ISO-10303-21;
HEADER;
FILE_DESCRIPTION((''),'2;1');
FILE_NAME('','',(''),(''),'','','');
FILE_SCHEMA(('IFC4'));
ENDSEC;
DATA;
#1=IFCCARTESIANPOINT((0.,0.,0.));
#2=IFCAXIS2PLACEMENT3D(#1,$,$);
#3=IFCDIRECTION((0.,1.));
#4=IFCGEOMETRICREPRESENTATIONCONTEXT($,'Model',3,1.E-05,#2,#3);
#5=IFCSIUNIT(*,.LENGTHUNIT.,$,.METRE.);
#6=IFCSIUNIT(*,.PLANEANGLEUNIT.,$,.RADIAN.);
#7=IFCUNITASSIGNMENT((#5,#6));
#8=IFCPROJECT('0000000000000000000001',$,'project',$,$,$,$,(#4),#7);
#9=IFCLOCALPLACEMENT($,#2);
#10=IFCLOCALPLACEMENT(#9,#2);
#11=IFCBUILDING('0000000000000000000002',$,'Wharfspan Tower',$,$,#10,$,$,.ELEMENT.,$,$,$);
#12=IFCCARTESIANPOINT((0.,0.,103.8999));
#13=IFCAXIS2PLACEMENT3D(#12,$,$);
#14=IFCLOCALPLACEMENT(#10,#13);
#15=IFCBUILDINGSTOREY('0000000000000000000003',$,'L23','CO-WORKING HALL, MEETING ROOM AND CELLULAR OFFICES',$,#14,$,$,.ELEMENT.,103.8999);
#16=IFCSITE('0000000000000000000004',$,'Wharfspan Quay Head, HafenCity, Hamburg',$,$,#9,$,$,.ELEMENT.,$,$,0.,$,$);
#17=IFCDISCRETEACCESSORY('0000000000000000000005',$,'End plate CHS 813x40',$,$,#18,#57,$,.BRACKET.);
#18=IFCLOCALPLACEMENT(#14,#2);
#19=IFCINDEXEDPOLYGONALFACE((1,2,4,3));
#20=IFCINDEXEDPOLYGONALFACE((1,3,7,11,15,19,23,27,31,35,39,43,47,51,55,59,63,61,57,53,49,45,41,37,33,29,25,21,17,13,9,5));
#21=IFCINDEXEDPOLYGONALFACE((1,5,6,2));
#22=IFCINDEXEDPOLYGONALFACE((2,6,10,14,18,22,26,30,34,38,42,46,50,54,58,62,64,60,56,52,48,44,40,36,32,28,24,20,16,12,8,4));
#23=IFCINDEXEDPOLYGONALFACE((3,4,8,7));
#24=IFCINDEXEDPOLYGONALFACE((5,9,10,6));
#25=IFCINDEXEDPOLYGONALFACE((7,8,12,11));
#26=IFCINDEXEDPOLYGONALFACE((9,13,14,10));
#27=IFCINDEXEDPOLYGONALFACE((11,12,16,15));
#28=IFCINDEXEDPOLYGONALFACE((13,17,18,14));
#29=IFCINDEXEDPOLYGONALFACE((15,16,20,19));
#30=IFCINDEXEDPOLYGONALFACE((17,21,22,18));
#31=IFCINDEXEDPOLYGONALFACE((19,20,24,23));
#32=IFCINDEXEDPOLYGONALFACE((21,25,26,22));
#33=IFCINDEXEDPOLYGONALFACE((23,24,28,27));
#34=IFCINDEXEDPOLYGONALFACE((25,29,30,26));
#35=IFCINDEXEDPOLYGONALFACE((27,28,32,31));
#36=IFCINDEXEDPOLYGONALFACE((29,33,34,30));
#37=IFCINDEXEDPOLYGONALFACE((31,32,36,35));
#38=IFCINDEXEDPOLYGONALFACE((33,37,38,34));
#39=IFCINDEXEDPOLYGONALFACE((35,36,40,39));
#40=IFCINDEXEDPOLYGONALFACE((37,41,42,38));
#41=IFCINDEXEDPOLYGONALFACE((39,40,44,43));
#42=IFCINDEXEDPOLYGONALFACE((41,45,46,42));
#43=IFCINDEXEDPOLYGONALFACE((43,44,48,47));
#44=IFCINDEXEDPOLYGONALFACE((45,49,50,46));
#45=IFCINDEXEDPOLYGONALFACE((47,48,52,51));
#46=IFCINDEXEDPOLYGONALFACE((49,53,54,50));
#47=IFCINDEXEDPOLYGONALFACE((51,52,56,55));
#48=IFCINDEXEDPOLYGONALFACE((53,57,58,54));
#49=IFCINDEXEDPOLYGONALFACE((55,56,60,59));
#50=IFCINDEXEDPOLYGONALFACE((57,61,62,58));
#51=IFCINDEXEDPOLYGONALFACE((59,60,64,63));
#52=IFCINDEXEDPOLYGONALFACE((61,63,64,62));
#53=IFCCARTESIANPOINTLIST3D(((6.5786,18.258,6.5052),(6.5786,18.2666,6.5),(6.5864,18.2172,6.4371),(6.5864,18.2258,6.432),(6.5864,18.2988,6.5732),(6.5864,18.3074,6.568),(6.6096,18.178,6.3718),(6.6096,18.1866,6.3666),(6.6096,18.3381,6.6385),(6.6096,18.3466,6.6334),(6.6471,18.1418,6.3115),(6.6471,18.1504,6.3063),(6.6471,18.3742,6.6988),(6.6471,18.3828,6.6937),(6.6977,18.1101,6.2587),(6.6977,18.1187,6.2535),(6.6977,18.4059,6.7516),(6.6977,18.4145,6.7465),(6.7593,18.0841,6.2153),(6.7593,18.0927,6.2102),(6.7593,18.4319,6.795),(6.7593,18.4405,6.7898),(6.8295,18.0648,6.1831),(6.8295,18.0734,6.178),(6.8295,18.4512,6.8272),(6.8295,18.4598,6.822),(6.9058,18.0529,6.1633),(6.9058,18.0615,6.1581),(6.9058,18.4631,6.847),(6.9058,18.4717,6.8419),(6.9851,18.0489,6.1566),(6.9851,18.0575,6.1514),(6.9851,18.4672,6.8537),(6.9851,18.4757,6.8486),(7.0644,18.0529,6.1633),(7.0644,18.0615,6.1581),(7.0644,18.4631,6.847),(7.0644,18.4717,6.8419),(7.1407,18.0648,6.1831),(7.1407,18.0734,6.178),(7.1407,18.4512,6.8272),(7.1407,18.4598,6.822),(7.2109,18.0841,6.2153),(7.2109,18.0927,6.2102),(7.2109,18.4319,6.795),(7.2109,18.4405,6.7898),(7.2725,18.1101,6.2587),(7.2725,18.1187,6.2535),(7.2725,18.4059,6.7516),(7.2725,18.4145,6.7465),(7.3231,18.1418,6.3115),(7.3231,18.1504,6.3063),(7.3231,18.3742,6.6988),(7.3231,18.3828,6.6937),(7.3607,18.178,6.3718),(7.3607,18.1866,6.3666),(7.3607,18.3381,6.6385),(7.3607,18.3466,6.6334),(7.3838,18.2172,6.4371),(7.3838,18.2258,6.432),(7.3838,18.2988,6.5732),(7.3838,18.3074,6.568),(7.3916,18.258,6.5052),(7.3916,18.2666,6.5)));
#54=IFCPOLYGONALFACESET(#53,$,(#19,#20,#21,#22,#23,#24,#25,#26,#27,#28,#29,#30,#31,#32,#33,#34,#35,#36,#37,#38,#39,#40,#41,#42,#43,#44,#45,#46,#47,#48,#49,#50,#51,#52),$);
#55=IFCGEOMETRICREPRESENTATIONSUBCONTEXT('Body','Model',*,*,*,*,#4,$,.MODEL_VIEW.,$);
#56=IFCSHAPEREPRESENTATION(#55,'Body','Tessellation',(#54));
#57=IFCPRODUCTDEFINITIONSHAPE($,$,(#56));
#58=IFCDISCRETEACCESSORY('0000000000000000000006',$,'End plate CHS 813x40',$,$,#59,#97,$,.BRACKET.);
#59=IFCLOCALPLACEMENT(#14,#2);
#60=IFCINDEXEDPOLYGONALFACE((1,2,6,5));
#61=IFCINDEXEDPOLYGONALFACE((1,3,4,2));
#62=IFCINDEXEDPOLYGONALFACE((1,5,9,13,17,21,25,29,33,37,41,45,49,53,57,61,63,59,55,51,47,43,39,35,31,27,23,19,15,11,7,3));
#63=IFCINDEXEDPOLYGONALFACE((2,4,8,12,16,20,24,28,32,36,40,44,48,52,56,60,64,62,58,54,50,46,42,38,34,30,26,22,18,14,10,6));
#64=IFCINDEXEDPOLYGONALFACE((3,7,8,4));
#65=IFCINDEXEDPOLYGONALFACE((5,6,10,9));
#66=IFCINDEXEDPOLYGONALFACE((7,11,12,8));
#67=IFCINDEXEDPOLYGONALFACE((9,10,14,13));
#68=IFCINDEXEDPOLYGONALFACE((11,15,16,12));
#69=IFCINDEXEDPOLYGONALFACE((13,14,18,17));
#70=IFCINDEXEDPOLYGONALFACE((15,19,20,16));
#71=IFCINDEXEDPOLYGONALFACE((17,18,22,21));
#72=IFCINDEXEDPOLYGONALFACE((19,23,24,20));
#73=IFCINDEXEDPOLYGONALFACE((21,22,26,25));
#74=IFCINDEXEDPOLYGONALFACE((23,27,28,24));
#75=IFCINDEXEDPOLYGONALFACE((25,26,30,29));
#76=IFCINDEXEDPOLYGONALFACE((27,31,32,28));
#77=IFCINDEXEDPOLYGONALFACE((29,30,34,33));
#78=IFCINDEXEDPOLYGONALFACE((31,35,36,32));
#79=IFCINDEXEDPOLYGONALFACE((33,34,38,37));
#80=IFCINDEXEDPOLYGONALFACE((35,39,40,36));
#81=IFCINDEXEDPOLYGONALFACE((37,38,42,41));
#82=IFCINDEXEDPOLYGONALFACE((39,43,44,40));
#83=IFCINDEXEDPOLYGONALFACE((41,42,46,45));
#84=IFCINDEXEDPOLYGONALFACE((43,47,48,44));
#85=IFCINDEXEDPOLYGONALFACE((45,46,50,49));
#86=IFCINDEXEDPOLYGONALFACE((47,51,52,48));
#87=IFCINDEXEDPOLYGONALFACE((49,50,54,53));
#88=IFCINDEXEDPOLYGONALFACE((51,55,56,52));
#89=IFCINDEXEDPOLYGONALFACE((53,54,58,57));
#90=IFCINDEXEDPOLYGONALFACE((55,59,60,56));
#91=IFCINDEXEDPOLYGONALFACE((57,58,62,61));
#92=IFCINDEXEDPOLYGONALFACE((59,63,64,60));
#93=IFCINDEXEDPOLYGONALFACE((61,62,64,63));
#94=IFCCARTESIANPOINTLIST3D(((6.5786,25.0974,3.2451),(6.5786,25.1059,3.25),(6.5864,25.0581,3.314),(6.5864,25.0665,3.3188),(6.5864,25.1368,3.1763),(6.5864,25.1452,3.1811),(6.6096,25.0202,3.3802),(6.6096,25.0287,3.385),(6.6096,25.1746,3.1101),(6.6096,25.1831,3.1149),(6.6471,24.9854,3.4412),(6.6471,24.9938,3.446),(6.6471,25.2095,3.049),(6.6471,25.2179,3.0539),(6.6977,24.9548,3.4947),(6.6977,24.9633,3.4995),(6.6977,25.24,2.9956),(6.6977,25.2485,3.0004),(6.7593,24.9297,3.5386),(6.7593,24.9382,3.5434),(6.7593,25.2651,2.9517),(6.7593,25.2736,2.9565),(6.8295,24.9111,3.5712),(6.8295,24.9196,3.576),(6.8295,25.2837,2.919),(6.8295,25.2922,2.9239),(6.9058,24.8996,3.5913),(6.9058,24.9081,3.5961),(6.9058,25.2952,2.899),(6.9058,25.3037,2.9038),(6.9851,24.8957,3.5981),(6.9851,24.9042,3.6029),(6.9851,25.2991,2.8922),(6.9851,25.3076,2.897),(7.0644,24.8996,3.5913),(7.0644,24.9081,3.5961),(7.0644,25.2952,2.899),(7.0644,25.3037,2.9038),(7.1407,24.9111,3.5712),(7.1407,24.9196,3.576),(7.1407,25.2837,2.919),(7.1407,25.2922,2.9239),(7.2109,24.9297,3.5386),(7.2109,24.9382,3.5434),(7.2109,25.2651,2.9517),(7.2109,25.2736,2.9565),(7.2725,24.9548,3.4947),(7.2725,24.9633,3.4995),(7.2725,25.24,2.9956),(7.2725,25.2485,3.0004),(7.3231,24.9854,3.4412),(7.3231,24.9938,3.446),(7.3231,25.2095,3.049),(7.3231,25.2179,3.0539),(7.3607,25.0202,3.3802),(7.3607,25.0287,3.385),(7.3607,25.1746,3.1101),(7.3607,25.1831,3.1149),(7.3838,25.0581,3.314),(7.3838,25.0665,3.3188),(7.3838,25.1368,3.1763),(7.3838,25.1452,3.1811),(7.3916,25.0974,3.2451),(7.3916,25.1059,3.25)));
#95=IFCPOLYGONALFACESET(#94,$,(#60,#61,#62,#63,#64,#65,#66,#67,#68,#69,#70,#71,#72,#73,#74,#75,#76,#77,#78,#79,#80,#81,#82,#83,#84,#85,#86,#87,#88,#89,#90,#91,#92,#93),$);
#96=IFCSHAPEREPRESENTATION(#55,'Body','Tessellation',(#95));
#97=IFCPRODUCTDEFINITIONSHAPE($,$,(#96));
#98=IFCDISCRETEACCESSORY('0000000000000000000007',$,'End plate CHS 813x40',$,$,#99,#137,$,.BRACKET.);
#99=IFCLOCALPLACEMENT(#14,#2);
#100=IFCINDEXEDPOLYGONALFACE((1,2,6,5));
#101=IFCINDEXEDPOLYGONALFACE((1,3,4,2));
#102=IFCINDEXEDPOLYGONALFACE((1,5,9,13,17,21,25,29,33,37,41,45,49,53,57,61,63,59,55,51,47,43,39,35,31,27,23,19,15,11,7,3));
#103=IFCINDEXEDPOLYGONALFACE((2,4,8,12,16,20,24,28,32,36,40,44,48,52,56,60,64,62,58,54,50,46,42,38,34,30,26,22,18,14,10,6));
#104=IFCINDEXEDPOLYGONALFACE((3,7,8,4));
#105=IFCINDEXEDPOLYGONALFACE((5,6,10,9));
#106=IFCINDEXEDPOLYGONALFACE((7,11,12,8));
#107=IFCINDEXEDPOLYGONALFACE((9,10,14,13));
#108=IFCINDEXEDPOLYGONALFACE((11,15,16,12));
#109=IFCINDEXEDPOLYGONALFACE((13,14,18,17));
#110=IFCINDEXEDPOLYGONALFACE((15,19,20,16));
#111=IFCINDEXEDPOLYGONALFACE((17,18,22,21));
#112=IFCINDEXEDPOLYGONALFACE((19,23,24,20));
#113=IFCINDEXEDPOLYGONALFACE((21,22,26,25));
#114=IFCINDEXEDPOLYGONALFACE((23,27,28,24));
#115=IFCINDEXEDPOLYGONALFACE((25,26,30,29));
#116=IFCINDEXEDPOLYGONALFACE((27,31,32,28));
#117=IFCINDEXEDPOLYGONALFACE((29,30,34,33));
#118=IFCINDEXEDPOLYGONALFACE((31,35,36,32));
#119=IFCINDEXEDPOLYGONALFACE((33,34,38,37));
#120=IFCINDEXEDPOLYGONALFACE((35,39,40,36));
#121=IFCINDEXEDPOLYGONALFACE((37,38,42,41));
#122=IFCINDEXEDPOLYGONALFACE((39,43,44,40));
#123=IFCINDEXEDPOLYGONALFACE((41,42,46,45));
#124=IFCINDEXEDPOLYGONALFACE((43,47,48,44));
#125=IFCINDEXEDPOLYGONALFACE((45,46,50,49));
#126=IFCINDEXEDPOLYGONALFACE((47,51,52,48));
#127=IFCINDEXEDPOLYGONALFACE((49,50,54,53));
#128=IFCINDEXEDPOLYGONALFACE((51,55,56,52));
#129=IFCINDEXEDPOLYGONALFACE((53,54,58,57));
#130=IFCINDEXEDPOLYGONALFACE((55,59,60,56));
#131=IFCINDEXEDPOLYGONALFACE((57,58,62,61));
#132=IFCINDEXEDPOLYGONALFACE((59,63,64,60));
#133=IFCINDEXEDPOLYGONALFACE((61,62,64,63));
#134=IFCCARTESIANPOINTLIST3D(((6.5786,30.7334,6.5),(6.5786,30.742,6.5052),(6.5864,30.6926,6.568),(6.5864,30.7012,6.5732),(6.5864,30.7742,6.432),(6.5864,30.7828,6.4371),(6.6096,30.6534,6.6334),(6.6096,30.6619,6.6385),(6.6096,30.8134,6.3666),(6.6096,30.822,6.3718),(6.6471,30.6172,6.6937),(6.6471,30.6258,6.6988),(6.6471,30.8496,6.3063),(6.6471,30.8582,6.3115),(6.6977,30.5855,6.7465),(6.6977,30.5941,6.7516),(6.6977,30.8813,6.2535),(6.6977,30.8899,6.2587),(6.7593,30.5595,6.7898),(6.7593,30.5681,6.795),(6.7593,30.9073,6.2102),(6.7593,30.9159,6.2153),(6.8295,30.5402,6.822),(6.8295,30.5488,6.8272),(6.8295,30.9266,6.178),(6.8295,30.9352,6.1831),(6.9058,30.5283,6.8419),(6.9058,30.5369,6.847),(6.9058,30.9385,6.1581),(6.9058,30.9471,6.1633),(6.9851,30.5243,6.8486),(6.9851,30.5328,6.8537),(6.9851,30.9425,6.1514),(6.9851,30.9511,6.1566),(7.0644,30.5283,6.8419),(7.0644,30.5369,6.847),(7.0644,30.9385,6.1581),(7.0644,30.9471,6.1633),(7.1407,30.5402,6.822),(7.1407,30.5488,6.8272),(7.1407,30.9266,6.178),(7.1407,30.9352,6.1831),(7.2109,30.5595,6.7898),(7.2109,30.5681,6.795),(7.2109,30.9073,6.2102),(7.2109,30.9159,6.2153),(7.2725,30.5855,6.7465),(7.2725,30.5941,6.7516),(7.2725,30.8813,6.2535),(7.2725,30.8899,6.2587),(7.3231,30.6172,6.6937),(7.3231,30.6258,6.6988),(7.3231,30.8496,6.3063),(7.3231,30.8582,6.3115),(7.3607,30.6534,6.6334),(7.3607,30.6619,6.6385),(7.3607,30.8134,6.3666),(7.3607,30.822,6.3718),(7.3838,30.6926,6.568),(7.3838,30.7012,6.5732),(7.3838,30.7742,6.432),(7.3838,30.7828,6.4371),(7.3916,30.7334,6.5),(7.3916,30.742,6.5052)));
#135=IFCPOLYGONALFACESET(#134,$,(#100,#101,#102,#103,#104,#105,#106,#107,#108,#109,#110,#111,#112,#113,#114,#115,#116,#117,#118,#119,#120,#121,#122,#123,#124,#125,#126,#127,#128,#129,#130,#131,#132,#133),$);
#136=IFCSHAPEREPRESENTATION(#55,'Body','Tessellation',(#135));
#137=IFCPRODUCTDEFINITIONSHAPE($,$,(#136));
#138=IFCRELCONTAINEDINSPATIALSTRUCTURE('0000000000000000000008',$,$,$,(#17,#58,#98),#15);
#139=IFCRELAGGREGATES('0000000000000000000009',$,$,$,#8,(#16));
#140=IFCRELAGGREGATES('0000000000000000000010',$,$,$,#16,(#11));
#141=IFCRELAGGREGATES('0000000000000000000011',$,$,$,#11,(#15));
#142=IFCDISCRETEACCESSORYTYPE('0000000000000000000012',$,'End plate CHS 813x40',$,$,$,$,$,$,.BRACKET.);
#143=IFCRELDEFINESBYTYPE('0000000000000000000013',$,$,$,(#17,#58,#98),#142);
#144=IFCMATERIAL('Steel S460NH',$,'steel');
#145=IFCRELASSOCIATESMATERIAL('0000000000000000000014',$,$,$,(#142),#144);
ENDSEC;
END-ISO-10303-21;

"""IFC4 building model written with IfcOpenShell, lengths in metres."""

from ifc_helpers import new_model, si_unit, direction, frame, origin, origin_2d, place, context, subcontext, project, spatial, circle, extrude, material, material_profile, profile_set, type_object, element, save


model = new_model("IFC4")

# Units and contexts
model_context = context("Model", 3, precision=1e-05, world=origin(), true_north=direction((0.0, 1.0)))
body_context = subcontext(model_context, "Body", "Model", "MODEL_VIEW")
ifc_project = project(units=[si_unit("LENGTHUNIT", "METRE"), si_unit("PLANEANGLEUNIT", "RADIAN")], contexts=[model_context])

# Site, building, storey
site_placement = place(None, origin())
site = spatial("IfcSite", under=ifc_project, at=site_placement, Name="Wharfspan Quay Head, HafenCity, Hamburg", CompositionType="ELEMENT", RefElevation=0.0)
building_placement = place(site_placement, origin())
building = spatial("IfcBuilding", under=site, at=building_placement, Name="Wharfspan Tower", CompositionType="ELEMENT")
storey_placement = place(building_placement, frame((0.0, 0.0, 103.8999)))
storey = spatial("IfcBuildingStorey", under=building, at=storey_placement, Name="L23", Description="CO-WORKING HALL, MEETING ROOM AND CELLULAR OFFICES", CompositionType="ELEMENT", Elevation=103.8999)

# Shared definitions
ifc_material_1 = material(Name="Steel S460NH", Category="steel")

# Discrete accessories
ifc_material_profile_1 = material_profile(ifc_material_1, circle(Radius=0.4065, at=origin_2d()))
ifc_profile_set_1 = profile_set([ifc_material_profile_1], Name="Steel S460NH")
discrete_accessory_type = type_object("IfcDiscreteAccessoryType", Name="End plate CHS 813x40", PredefinedType="BRACKET", material=ifc_profile_set_1)
discrete_accessory_1_placement = place(storey_placement, frame((6.9851, 18.2666, 6.5), z_axis=(0.0, -0.857493, 0.514496), x_axis=(1.0, 0.0, 0.0)))
element("IfcDiscreteAccessory", 1, at=discrete_accessory_1_placement, inside=storey, type_object=discrete_accessory_type, Name="End plate CHS 813x40", PredefinedType="BRACKET", context=body_context, shape_type="SweptSolid", body=[
    extrude(circle(Radius=0.4065, at=origin_2d()), origin(), (0.0, 0.0, 1.0), 0.01),
])
discrete_accessory_2_placement = place(storey_placement, frame((6.9851, 25.0974, 3.2451), z_axis=(0.0, 0.868243, 0.496139), x_axis=(-1.0, 0.0, 0.0)))
element("IfcDiscreteAccessory", 2, at=discrete_accessory_2_placement, inside=storey, type_object=discrete_accessory_type, Name="End plate CHS 813x40", PredefinedType="BRACKET", context=body_context, shape_type="SweptSolid", body=[
    extrude(circle(Radius=0.4065, at=origin_2d()), origin(), (0.0, 0.0, 1.0), 0.0098),
])
discrete_accessory_3_placement = place(storey_placement, frame((6.9851, 30.7334, 6.5), z_axis=(0.0, 0.857493, 0.514496), x_axis=(-1.0, 0.0, 0.0)))
element("IfcDiscreteAccessory", 3, at=discrete_accessory_3_placement, inside=storey, type_object=discrete_accessory_type, Name="End plate CHS 813x40", PredefinedType="BRACKET", context=body_context, shape_type="SweptSolid", body=[
    extrude(circle(Radius=0.4065, at=origin_2d()), origin(), (0.0, 0.0, 1.0), 0.01),
])

save(model, "model.ifc")
